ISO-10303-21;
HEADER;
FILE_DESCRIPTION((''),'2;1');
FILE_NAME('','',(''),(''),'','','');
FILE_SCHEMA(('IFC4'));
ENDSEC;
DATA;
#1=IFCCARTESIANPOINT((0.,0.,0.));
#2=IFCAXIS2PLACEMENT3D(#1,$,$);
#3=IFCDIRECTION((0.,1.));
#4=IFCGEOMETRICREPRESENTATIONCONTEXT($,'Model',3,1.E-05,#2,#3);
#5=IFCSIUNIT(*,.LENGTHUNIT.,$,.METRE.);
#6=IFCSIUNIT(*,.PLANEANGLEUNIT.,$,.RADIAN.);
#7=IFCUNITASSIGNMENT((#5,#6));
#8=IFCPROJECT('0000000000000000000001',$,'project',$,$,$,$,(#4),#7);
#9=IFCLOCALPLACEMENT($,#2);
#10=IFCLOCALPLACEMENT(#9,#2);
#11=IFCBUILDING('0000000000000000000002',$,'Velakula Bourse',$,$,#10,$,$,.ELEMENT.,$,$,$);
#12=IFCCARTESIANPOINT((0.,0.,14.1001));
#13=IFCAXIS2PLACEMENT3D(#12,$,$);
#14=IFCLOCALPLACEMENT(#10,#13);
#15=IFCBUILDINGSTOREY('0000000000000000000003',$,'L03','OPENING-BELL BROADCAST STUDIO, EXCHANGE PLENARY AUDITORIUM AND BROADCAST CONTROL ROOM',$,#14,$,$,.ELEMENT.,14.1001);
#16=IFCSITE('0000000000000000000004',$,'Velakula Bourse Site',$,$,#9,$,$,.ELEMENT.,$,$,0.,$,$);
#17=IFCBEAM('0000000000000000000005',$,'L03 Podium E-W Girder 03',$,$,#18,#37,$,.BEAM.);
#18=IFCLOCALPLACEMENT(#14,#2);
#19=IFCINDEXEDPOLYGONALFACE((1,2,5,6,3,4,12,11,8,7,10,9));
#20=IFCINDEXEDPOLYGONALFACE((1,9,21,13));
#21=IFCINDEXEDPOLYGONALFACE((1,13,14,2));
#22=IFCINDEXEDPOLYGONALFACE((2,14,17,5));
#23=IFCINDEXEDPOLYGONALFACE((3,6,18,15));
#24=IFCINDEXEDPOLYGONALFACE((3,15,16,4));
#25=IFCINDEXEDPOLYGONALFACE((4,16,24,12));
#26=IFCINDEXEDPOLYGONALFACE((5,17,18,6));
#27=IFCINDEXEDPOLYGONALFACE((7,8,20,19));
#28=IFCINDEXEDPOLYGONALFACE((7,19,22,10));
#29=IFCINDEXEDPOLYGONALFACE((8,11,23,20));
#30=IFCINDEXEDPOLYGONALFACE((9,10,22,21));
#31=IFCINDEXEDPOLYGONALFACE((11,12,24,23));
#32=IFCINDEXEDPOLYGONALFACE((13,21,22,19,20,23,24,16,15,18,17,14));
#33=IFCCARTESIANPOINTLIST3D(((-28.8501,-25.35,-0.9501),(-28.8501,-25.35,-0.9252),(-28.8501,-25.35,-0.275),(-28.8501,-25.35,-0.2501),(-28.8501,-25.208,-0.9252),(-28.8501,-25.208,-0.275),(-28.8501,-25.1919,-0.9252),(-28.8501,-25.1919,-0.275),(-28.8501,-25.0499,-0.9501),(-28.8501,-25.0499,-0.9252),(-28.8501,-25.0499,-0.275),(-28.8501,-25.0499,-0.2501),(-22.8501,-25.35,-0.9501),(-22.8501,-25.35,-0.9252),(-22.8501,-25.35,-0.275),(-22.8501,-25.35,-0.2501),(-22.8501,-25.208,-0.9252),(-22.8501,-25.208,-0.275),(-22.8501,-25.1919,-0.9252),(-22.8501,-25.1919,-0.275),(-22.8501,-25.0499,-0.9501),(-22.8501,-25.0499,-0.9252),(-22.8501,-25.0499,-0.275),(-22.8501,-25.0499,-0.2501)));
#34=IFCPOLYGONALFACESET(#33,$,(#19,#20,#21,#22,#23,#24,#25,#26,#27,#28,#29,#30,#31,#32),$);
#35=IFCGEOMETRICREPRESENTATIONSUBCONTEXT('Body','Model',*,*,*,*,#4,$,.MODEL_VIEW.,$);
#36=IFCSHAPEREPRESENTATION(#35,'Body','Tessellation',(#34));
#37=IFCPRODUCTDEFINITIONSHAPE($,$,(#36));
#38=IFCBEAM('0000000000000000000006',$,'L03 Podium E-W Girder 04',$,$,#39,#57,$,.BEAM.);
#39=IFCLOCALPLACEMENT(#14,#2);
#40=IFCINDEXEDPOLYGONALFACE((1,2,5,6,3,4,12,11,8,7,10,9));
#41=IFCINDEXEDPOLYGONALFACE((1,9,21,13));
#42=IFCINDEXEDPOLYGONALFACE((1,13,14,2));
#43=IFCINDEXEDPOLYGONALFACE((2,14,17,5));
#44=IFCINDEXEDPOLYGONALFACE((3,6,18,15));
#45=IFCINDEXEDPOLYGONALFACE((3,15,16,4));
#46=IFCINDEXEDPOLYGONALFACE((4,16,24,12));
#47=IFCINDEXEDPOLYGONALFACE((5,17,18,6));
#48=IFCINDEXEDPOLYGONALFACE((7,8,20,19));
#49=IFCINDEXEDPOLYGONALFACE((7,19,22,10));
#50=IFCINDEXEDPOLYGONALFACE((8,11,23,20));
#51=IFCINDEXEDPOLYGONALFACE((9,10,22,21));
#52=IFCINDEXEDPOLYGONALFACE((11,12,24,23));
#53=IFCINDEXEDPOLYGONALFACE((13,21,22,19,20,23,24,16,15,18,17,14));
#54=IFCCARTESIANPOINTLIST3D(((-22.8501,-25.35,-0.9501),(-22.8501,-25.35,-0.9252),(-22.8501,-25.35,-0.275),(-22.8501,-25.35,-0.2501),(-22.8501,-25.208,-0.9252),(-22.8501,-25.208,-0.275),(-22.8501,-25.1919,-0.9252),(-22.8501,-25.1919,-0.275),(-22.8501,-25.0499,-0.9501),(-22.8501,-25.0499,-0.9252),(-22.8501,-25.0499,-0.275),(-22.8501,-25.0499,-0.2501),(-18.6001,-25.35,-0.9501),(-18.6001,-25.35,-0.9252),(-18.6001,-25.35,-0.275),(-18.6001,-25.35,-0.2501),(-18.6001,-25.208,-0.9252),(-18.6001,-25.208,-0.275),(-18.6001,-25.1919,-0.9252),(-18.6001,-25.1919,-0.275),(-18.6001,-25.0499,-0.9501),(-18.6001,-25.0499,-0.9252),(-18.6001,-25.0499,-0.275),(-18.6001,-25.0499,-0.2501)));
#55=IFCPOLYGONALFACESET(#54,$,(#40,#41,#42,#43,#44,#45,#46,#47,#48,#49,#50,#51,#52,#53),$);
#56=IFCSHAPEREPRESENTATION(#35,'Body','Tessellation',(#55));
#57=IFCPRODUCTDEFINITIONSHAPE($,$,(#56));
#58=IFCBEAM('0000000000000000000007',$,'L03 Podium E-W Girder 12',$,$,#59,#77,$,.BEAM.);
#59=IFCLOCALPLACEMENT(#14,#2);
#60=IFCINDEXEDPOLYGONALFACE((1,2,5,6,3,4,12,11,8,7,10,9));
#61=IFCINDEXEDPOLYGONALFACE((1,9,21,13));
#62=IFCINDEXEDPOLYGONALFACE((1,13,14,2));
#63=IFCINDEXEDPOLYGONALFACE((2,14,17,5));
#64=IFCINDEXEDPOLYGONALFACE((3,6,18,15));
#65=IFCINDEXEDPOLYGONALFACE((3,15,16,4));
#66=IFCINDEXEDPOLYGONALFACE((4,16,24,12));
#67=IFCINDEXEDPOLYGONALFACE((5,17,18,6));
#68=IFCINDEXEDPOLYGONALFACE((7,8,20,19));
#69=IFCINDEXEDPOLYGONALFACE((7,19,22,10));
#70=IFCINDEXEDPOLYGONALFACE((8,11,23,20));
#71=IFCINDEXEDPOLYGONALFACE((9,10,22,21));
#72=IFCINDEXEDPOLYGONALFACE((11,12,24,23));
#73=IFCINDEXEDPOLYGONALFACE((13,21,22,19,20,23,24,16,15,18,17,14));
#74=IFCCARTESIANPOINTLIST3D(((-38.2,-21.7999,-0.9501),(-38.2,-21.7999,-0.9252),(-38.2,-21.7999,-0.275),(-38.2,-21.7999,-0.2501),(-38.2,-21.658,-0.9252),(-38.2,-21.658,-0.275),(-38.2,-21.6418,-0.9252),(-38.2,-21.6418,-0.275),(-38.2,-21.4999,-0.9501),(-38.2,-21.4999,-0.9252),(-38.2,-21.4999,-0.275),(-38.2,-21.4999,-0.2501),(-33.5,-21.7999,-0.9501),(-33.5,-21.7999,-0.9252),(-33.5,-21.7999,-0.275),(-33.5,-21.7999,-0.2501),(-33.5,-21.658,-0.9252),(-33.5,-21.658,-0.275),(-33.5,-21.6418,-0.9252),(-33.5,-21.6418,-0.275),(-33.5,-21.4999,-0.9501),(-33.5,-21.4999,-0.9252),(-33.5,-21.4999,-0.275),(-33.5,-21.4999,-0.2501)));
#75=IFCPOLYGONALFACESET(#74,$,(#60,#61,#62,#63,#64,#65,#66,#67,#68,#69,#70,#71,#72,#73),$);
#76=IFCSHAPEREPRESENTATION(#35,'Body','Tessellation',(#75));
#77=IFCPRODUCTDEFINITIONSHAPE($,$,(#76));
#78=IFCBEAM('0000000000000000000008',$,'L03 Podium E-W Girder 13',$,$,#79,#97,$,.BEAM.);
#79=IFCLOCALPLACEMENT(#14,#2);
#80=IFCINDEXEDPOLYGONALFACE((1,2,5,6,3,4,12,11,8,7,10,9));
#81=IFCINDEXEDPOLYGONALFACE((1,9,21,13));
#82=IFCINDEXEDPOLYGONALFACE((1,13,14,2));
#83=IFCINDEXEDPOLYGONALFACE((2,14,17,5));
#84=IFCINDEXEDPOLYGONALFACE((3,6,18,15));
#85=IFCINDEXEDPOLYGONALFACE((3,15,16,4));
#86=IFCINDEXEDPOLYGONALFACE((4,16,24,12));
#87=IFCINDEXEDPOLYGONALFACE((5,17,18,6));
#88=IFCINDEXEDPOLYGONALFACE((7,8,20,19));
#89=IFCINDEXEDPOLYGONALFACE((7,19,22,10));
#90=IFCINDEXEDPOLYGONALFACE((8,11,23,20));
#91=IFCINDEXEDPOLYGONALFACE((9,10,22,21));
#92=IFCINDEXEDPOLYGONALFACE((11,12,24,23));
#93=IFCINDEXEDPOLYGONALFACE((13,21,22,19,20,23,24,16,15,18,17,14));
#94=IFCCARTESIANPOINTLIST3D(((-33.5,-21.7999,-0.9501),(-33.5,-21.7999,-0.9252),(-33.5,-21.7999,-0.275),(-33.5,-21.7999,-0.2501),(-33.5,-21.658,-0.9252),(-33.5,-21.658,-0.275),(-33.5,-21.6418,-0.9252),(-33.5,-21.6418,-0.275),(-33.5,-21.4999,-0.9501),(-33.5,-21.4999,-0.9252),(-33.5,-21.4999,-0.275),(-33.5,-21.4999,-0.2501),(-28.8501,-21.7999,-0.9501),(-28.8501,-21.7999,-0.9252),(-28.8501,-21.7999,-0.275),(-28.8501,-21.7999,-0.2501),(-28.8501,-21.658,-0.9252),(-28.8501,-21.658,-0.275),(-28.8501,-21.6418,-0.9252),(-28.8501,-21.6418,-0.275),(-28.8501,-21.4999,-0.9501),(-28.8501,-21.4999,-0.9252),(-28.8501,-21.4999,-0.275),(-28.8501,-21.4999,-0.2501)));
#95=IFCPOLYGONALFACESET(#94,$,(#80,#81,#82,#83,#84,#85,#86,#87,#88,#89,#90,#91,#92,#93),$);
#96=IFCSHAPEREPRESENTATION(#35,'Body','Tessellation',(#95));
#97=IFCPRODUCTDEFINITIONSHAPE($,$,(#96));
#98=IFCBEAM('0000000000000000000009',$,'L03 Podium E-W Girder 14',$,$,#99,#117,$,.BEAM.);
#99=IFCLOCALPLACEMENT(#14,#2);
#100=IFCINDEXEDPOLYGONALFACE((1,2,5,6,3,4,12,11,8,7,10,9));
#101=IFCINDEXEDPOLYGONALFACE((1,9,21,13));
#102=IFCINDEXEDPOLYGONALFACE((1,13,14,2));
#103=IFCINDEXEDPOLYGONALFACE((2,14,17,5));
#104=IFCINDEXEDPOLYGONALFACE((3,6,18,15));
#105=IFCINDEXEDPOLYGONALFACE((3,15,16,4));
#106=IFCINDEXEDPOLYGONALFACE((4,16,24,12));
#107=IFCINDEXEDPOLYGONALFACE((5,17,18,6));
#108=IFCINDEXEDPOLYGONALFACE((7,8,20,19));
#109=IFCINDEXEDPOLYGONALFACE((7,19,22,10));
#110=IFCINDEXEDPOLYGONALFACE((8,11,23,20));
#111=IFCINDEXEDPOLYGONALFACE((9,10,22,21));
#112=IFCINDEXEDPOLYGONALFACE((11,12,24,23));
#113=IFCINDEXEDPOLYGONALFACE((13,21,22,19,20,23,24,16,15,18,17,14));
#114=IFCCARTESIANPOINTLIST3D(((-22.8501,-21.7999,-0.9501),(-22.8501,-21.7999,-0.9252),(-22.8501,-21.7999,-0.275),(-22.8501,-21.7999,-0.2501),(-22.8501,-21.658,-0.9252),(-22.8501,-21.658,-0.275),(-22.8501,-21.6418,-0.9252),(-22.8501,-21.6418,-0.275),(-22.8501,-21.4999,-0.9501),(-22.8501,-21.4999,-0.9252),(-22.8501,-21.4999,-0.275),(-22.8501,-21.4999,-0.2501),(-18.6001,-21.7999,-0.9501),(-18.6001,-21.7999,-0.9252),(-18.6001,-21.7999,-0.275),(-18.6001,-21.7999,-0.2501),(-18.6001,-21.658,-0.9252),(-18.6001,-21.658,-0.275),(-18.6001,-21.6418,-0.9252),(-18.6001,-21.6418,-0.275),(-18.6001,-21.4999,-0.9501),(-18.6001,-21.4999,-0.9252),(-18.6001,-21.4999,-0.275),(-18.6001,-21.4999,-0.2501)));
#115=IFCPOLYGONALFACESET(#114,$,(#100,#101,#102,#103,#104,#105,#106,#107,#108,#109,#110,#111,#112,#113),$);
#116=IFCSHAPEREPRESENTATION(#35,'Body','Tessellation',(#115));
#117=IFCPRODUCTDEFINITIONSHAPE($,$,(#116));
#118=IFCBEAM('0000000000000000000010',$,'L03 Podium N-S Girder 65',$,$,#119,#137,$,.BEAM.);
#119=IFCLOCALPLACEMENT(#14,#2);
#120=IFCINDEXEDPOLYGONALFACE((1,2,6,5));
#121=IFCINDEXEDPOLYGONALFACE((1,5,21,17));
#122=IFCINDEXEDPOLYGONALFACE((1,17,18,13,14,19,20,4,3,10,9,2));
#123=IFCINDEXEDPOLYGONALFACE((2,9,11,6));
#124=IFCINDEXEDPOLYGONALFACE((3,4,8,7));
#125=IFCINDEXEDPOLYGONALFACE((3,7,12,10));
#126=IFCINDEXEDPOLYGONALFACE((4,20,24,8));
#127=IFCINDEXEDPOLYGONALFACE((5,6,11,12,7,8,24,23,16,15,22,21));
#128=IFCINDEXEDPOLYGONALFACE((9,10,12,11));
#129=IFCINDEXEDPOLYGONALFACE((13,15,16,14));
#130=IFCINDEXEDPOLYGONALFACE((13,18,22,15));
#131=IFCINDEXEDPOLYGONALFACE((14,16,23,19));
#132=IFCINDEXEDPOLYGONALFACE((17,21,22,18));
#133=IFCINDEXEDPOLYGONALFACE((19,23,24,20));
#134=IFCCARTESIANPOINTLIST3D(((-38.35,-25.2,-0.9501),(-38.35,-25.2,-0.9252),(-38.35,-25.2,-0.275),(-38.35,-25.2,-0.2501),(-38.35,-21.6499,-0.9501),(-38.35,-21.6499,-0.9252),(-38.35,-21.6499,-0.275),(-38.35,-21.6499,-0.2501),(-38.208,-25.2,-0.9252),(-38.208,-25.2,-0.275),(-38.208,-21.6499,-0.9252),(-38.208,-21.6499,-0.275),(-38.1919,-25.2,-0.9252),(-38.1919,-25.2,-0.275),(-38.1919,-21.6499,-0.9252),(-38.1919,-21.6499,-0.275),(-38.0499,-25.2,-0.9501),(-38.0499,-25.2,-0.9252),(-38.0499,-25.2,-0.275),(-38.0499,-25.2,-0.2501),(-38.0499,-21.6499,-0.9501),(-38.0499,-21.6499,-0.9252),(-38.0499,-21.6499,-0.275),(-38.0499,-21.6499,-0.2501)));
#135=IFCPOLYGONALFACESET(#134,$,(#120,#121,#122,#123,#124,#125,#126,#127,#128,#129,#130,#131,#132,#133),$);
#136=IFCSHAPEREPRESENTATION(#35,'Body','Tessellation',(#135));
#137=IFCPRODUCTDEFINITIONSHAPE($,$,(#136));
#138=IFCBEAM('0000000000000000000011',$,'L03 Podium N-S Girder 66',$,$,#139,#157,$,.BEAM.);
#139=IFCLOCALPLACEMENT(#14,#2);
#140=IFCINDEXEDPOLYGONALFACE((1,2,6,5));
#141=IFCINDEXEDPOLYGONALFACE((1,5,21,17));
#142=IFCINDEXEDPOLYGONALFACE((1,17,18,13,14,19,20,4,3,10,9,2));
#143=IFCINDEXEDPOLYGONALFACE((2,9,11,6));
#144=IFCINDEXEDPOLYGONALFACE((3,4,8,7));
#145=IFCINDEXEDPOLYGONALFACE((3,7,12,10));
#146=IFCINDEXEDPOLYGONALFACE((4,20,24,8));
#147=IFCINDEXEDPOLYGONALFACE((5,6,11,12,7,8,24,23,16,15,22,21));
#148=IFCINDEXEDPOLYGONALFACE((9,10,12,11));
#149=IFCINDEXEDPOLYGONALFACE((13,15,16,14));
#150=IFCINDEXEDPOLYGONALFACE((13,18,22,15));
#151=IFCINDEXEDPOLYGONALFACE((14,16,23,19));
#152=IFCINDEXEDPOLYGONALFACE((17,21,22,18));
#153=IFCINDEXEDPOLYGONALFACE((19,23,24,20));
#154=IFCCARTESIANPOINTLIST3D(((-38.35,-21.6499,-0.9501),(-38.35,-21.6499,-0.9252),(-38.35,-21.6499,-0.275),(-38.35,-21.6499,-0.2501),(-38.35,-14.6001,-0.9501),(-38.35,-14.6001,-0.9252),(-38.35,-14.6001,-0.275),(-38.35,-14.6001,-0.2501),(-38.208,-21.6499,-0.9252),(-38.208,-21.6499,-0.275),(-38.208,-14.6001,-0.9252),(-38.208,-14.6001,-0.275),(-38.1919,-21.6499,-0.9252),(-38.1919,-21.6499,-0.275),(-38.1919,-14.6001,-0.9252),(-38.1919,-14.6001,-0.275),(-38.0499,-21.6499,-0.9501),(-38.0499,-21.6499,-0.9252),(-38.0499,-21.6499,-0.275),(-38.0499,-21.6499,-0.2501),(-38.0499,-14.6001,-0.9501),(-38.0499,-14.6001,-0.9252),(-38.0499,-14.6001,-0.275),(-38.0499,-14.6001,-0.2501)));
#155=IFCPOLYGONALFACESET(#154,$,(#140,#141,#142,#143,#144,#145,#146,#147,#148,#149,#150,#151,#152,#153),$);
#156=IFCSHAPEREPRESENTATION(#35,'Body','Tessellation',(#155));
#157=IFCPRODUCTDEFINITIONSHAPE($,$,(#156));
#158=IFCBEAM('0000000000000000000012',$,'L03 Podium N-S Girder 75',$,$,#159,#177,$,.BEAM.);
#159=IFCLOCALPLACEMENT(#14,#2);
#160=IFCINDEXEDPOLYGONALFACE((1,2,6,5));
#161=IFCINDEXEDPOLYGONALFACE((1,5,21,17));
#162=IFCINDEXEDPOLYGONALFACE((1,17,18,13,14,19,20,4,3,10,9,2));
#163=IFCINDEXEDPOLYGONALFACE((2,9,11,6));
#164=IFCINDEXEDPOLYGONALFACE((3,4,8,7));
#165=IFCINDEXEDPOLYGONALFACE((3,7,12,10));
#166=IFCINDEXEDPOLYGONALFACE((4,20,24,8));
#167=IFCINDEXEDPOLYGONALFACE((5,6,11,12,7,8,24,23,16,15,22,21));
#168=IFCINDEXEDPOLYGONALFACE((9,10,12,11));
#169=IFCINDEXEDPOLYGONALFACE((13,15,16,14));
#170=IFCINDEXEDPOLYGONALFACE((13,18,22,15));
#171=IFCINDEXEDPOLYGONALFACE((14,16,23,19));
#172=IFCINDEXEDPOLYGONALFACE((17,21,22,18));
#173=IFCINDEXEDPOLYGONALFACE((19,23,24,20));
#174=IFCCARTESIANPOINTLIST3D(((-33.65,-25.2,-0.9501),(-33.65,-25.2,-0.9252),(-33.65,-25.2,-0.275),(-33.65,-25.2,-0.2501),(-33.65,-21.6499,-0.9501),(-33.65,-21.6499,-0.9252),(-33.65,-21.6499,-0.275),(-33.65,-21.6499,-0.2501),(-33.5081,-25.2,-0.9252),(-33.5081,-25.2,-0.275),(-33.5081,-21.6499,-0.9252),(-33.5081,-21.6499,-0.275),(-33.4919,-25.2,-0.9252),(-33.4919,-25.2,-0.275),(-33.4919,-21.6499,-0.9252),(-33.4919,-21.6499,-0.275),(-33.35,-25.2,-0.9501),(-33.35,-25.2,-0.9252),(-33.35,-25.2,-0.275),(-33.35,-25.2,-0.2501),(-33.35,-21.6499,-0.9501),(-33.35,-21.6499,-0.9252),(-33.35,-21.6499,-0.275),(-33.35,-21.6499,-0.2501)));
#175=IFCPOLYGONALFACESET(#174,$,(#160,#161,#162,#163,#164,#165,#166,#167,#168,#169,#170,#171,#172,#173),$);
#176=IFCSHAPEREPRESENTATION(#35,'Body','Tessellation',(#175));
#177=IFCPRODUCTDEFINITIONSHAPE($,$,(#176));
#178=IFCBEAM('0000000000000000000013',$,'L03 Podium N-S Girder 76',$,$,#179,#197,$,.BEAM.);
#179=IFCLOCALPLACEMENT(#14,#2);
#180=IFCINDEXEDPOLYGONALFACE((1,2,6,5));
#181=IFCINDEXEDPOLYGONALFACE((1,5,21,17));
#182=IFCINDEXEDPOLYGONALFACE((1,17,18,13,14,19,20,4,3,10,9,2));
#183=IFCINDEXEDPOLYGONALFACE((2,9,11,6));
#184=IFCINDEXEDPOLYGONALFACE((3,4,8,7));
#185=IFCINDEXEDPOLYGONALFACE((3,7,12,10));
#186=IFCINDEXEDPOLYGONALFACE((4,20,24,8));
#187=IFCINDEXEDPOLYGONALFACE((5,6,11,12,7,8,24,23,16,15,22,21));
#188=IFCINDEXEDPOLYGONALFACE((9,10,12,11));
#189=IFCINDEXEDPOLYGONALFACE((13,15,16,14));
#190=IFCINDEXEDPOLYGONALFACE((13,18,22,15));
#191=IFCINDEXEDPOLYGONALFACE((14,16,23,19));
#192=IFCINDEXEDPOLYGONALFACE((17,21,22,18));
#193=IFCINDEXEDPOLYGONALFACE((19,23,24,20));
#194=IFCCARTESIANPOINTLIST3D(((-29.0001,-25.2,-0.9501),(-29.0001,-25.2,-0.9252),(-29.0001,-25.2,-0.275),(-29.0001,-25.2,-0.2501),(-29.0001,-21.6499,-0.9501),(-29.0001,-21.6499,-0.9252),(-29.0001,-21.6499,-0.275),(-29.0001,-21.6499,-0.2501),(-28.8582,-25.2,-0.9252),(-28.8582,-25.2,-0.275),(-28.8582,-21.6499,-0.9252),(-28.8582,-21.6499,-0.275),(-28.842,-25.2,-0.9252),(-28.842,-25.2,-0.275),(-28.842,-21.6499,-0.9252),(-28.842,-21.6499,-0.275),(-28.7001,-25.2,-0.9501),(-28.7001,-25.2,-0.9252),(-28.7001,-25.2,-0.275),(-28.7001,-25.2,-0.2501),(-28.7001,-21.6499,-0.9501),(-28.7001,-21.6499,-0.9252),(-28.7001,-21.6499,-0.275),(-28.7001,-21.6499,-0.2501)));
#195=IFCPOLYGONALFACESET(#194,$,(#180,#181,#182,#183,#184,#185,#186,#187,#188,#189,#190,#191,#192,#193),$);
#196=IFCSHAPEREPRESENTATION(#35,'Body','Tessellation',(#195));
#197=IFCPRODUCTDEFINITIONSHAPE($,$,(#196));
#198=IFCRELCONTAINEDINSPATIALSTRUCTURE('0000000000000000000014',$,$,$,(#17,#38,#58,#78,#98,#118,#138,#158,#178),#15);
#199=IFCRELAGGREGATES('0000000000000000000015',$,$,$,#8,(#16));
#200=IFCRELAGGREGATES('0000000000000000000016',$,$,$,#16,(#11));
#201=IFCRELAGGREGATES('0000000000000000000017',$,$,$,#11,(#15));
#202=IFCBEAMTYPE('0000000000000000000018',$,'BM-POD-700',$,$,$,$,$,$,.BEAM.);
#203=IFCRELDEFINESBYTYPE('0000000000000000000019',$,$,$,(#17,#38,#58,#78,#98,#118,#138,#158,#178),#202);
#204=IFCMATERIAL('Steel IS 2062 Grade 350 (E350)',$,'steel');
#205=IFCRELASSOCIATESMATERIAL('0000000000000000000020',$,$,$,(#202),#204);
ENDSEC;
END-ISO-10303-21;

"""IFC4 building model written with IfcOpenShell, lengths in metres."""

from ifc_helpers import new_model, si_unit, direction, frame, origin, origin_2d, place, context, subcontext, project, spatial, i_section, extrude, material, material_profile, profile_set, type_object, element, save


model = new_model("IFC4")

# Units and contexts
model_context = context("Model", 3, precision=1e-05, world=origin(), true_north=direction((0.0, 1.0)))
body_context = subcontext(model_context, "Body", "Model", "MODEL_VIEW")
ifc_project = project(units=[si_unit("LENGTHUNIT", "METRE"), si_unit("PLANEANGLEUNIT", "RADIAN")], contexts=[model_context])

# Site, building, storey
site_placement = place(None, origin())
site = spatial("IfcSite", under=ifc_project, at=site_placement, Name="Velakula Bourse Site", CompositionType="ELEMENT", RefElevation=0.0)
building_placement = place(site_placement, origin())
building = spatial("IfcBuilding", under=site, at=building_placement, Name="Velakula Bourse", CompositionType="ELEMENT")
storey_placement = place(building_placement, frame((0.0, 0.0, 14.1001)))
storey = spatial("IfcBuildingStorey", under=building, at=storey_placement, Name="L03", Description="OPENING-BELL BROADCAST STUDIO, EXCHANGE PLENARY AUDITORIUM AND BROADCAST CONTROL ROOM", CompositionType="ELEMENT", Elevation=14.1001)

# Beams
ifc_material_1 = material(Name="Steel IS 2062 Grade 350 (E350)", Category="steel")
ifc_material_profile_1 = material_profile(ifc_material_1, i_section(OverallWidth=0.3, OverallDepth=0.7, WebThickness=0.0161, FlangeThickness=0.0249, at=origin_2d()), Name="Steel IS 2062 Grade 350 (E350)")
ifc_profile_set_1 = profile_set([ifc_material_profile_1], Name="Steel IS 2062 Grade 350 (E350)")
beam_type_1 = type_object("IfcBeamType", Name="BM-POD-700", PredefinedType="BEAM", material=ifc_profile_set_1)
beam_1_placement = place(storey_placement, frame((-28.8501, -25.2, -0.6001), z_axis=(1.0, 0.0, 0.0), x_axis=(0.0, 1.0, 0.0)))
element("IfcBeam", 1, at=beam_1_placement, inside=storey, type_object=beam_type_1, Name="L03 Podium E-W Girder 03", PredefinedType="BEAM", context=body_context, shape_type="SweptSolid", body=[
    extrude(i_section(OverallWidth=0.3, OverallDepth=0.7, WebThickness=0.0161, FlangeThickness=0.0249, at=origin_2d()), origin(), (0.0, 0.0, 1.0), 6.0),
])
beam_2_placement = place(storey_placement, frame((-22.8501, -25.2, -0.6001), z_axis=(1.0, 0.0, 0.0), x_axis=(0.0, 1.0, 0.0)))
element("IfcBeam", 2, at=beam_2_placement, inside=storey, type_object=beam_type_1, Name="L03 Podium E-W Girder 04", PredefinedType="BEAM", context=body_context, shape_type="SweptSolid", body=[
    extrude(i_section(OverallWidth=0.3, OverallDepth=0.7, WebThickness=0.0161, FlangeThickness=0.0249, at=origin_2d()), origin(), (0.0, 0.0, 1.0), 4.25),
])
beam_3_placement = place(storey_placement, frame((-38.2, -21.6499, -0.6001), z_axis=(1.0, 0.0, 0.0), x_axis=(0.0, 1.0, 0.0)))
element("IfcBeam", 3, at=beam_3_placement, inside=storey, type_object=beam_type_1, Name="L03 Podium E-W Girder 12", PredefinedType="BEAM", context=body_context, shape_type="SweptSolid", body=[
    extrude(i_section(OverallWidth=0.3, OverallDepth=0.7, WebThickness=0.0161, FlangeThickness=0.0249, at=origin_2d()), origin(), (0.0, 0.0, 1.0), 4.7),
])
beam_4_placement = place(storey_placement, frame((-33.5, -21.6499, -0.6001), z_axis=(1.0, 0.0, 0.0), x_axis=(0.0, 1.0, 0.0)))
element("IfcBeam", 4, at=beam_4_placement, inside=storey, type_object=beam_type_1, Name="L03 Podium E-W Girder 13", PredefinedType="BEAM", context=body_context, shape_type="SweptSolid", body=[
    extrude(i_section(OverallWidth=0.3, OverallDepth=0.7, WebThickness=0.0161, FlangeThickness=0.0249, at=origin_2d()), origin(), (0.0, 0.0, 1.0), 4.6499),
])
beam_5_placement = place(storey_placement, frame((-22.8501, -21.6499, -0.6001), z_axis=(1.0, 0.0, 0.0), x_axis=(0.0, 1.0, 0.0)))
element("IfcBeam", 5, at=beam_5_placement, inside=storey, type_object=beam_type_1, Name="L03 Podium E-W Girder 14", PredefinedType="BEAM", context=body_context, shape_type="SweptSolid", body=[
    extrude(i_section(OverallWidth=0.3, OverallDepth=0.7, WebThickness=0.0161, FlangeThickness=0.0249, at=origin_2d()), origin(), (0.0, 0.0, 1.0), 4.25),
])
beam_6_placement = place(storey_placement, frame((-38.2, -25.2, -0.6001), z_axis=(0.0, 1.0, 0.0), x_axis=(-1.0, 0.0, 0.0)))
element("IfcBeam", 6, at=beam_6_placement, inside=storey, type_object=beam_type_1, Name="L03 Podium N-S Girder 65", PredefinedType="BEAM", context=body_context, shape_type="SweptSolid", body=[
    extrude(i_section(OverallWidth=0.3, OverallDepth=0.7, WebThickness=0.0161, FlangeThickness=0.0249, at=origin_2d()), origin(), (0.0, 0.0, 1.0), 3.55),
])
beam_7_placement = place(storey_placement, frame((-38.2, -21.6499, -0.6001), z_axis=(0.0, 1.0, 0.0), x_axis=(-1.0, 0.0, 0.0)))
element("IfcBeam", 7, at=beam_7_placement, inside=storey, type_object=beam_type_1, Name="L03 Podium N-S Girder 66", PredefinedType="BEAM", context=body_context, shape_type="SweptSolid", body=[
    extrude(i_section(OverallWidth=0.3, OverallDepth=0.7, WebThickness=0.0161, FlangeThickness=0.0249, at=origin_2d()), origin(), (0.0, 0.0, 1.0), 7.0498),
])
for number, where, z_axis, x_axis, name in (
    (8, (-33.5, -25.2, -0.6001), (0.0, 1.0, 0.0), (-1.0, 0.0, 0.0), "L03 Podium N-S Girder 75"),
    (9, (-28.8501, -25.2, -0.6001), (0.0, 1.0, 0.0), (-1.0, 0.0, 0.0), "L03 Podium N-S Girder 76"),
):
    element("IfcBeam", number, at=place(storey_placement, frame(where, z_axis=z_axis, x_axis=x_axis)), inside=storey, type_object=beam_type_1, Name=name, PredefinedType="BEAM", context=body_context, shape_type="SweptSolid", body=[
        extrude(i_section(OverallWidth=0.3, OverallDepth=0.7, WebThickness=0.0161, FlangeThickness=0.0249, at=origin_2d()), origin(), (0.0, 0.0, 1.0), 3.55),
    ])

save(model, "model.ifc")
